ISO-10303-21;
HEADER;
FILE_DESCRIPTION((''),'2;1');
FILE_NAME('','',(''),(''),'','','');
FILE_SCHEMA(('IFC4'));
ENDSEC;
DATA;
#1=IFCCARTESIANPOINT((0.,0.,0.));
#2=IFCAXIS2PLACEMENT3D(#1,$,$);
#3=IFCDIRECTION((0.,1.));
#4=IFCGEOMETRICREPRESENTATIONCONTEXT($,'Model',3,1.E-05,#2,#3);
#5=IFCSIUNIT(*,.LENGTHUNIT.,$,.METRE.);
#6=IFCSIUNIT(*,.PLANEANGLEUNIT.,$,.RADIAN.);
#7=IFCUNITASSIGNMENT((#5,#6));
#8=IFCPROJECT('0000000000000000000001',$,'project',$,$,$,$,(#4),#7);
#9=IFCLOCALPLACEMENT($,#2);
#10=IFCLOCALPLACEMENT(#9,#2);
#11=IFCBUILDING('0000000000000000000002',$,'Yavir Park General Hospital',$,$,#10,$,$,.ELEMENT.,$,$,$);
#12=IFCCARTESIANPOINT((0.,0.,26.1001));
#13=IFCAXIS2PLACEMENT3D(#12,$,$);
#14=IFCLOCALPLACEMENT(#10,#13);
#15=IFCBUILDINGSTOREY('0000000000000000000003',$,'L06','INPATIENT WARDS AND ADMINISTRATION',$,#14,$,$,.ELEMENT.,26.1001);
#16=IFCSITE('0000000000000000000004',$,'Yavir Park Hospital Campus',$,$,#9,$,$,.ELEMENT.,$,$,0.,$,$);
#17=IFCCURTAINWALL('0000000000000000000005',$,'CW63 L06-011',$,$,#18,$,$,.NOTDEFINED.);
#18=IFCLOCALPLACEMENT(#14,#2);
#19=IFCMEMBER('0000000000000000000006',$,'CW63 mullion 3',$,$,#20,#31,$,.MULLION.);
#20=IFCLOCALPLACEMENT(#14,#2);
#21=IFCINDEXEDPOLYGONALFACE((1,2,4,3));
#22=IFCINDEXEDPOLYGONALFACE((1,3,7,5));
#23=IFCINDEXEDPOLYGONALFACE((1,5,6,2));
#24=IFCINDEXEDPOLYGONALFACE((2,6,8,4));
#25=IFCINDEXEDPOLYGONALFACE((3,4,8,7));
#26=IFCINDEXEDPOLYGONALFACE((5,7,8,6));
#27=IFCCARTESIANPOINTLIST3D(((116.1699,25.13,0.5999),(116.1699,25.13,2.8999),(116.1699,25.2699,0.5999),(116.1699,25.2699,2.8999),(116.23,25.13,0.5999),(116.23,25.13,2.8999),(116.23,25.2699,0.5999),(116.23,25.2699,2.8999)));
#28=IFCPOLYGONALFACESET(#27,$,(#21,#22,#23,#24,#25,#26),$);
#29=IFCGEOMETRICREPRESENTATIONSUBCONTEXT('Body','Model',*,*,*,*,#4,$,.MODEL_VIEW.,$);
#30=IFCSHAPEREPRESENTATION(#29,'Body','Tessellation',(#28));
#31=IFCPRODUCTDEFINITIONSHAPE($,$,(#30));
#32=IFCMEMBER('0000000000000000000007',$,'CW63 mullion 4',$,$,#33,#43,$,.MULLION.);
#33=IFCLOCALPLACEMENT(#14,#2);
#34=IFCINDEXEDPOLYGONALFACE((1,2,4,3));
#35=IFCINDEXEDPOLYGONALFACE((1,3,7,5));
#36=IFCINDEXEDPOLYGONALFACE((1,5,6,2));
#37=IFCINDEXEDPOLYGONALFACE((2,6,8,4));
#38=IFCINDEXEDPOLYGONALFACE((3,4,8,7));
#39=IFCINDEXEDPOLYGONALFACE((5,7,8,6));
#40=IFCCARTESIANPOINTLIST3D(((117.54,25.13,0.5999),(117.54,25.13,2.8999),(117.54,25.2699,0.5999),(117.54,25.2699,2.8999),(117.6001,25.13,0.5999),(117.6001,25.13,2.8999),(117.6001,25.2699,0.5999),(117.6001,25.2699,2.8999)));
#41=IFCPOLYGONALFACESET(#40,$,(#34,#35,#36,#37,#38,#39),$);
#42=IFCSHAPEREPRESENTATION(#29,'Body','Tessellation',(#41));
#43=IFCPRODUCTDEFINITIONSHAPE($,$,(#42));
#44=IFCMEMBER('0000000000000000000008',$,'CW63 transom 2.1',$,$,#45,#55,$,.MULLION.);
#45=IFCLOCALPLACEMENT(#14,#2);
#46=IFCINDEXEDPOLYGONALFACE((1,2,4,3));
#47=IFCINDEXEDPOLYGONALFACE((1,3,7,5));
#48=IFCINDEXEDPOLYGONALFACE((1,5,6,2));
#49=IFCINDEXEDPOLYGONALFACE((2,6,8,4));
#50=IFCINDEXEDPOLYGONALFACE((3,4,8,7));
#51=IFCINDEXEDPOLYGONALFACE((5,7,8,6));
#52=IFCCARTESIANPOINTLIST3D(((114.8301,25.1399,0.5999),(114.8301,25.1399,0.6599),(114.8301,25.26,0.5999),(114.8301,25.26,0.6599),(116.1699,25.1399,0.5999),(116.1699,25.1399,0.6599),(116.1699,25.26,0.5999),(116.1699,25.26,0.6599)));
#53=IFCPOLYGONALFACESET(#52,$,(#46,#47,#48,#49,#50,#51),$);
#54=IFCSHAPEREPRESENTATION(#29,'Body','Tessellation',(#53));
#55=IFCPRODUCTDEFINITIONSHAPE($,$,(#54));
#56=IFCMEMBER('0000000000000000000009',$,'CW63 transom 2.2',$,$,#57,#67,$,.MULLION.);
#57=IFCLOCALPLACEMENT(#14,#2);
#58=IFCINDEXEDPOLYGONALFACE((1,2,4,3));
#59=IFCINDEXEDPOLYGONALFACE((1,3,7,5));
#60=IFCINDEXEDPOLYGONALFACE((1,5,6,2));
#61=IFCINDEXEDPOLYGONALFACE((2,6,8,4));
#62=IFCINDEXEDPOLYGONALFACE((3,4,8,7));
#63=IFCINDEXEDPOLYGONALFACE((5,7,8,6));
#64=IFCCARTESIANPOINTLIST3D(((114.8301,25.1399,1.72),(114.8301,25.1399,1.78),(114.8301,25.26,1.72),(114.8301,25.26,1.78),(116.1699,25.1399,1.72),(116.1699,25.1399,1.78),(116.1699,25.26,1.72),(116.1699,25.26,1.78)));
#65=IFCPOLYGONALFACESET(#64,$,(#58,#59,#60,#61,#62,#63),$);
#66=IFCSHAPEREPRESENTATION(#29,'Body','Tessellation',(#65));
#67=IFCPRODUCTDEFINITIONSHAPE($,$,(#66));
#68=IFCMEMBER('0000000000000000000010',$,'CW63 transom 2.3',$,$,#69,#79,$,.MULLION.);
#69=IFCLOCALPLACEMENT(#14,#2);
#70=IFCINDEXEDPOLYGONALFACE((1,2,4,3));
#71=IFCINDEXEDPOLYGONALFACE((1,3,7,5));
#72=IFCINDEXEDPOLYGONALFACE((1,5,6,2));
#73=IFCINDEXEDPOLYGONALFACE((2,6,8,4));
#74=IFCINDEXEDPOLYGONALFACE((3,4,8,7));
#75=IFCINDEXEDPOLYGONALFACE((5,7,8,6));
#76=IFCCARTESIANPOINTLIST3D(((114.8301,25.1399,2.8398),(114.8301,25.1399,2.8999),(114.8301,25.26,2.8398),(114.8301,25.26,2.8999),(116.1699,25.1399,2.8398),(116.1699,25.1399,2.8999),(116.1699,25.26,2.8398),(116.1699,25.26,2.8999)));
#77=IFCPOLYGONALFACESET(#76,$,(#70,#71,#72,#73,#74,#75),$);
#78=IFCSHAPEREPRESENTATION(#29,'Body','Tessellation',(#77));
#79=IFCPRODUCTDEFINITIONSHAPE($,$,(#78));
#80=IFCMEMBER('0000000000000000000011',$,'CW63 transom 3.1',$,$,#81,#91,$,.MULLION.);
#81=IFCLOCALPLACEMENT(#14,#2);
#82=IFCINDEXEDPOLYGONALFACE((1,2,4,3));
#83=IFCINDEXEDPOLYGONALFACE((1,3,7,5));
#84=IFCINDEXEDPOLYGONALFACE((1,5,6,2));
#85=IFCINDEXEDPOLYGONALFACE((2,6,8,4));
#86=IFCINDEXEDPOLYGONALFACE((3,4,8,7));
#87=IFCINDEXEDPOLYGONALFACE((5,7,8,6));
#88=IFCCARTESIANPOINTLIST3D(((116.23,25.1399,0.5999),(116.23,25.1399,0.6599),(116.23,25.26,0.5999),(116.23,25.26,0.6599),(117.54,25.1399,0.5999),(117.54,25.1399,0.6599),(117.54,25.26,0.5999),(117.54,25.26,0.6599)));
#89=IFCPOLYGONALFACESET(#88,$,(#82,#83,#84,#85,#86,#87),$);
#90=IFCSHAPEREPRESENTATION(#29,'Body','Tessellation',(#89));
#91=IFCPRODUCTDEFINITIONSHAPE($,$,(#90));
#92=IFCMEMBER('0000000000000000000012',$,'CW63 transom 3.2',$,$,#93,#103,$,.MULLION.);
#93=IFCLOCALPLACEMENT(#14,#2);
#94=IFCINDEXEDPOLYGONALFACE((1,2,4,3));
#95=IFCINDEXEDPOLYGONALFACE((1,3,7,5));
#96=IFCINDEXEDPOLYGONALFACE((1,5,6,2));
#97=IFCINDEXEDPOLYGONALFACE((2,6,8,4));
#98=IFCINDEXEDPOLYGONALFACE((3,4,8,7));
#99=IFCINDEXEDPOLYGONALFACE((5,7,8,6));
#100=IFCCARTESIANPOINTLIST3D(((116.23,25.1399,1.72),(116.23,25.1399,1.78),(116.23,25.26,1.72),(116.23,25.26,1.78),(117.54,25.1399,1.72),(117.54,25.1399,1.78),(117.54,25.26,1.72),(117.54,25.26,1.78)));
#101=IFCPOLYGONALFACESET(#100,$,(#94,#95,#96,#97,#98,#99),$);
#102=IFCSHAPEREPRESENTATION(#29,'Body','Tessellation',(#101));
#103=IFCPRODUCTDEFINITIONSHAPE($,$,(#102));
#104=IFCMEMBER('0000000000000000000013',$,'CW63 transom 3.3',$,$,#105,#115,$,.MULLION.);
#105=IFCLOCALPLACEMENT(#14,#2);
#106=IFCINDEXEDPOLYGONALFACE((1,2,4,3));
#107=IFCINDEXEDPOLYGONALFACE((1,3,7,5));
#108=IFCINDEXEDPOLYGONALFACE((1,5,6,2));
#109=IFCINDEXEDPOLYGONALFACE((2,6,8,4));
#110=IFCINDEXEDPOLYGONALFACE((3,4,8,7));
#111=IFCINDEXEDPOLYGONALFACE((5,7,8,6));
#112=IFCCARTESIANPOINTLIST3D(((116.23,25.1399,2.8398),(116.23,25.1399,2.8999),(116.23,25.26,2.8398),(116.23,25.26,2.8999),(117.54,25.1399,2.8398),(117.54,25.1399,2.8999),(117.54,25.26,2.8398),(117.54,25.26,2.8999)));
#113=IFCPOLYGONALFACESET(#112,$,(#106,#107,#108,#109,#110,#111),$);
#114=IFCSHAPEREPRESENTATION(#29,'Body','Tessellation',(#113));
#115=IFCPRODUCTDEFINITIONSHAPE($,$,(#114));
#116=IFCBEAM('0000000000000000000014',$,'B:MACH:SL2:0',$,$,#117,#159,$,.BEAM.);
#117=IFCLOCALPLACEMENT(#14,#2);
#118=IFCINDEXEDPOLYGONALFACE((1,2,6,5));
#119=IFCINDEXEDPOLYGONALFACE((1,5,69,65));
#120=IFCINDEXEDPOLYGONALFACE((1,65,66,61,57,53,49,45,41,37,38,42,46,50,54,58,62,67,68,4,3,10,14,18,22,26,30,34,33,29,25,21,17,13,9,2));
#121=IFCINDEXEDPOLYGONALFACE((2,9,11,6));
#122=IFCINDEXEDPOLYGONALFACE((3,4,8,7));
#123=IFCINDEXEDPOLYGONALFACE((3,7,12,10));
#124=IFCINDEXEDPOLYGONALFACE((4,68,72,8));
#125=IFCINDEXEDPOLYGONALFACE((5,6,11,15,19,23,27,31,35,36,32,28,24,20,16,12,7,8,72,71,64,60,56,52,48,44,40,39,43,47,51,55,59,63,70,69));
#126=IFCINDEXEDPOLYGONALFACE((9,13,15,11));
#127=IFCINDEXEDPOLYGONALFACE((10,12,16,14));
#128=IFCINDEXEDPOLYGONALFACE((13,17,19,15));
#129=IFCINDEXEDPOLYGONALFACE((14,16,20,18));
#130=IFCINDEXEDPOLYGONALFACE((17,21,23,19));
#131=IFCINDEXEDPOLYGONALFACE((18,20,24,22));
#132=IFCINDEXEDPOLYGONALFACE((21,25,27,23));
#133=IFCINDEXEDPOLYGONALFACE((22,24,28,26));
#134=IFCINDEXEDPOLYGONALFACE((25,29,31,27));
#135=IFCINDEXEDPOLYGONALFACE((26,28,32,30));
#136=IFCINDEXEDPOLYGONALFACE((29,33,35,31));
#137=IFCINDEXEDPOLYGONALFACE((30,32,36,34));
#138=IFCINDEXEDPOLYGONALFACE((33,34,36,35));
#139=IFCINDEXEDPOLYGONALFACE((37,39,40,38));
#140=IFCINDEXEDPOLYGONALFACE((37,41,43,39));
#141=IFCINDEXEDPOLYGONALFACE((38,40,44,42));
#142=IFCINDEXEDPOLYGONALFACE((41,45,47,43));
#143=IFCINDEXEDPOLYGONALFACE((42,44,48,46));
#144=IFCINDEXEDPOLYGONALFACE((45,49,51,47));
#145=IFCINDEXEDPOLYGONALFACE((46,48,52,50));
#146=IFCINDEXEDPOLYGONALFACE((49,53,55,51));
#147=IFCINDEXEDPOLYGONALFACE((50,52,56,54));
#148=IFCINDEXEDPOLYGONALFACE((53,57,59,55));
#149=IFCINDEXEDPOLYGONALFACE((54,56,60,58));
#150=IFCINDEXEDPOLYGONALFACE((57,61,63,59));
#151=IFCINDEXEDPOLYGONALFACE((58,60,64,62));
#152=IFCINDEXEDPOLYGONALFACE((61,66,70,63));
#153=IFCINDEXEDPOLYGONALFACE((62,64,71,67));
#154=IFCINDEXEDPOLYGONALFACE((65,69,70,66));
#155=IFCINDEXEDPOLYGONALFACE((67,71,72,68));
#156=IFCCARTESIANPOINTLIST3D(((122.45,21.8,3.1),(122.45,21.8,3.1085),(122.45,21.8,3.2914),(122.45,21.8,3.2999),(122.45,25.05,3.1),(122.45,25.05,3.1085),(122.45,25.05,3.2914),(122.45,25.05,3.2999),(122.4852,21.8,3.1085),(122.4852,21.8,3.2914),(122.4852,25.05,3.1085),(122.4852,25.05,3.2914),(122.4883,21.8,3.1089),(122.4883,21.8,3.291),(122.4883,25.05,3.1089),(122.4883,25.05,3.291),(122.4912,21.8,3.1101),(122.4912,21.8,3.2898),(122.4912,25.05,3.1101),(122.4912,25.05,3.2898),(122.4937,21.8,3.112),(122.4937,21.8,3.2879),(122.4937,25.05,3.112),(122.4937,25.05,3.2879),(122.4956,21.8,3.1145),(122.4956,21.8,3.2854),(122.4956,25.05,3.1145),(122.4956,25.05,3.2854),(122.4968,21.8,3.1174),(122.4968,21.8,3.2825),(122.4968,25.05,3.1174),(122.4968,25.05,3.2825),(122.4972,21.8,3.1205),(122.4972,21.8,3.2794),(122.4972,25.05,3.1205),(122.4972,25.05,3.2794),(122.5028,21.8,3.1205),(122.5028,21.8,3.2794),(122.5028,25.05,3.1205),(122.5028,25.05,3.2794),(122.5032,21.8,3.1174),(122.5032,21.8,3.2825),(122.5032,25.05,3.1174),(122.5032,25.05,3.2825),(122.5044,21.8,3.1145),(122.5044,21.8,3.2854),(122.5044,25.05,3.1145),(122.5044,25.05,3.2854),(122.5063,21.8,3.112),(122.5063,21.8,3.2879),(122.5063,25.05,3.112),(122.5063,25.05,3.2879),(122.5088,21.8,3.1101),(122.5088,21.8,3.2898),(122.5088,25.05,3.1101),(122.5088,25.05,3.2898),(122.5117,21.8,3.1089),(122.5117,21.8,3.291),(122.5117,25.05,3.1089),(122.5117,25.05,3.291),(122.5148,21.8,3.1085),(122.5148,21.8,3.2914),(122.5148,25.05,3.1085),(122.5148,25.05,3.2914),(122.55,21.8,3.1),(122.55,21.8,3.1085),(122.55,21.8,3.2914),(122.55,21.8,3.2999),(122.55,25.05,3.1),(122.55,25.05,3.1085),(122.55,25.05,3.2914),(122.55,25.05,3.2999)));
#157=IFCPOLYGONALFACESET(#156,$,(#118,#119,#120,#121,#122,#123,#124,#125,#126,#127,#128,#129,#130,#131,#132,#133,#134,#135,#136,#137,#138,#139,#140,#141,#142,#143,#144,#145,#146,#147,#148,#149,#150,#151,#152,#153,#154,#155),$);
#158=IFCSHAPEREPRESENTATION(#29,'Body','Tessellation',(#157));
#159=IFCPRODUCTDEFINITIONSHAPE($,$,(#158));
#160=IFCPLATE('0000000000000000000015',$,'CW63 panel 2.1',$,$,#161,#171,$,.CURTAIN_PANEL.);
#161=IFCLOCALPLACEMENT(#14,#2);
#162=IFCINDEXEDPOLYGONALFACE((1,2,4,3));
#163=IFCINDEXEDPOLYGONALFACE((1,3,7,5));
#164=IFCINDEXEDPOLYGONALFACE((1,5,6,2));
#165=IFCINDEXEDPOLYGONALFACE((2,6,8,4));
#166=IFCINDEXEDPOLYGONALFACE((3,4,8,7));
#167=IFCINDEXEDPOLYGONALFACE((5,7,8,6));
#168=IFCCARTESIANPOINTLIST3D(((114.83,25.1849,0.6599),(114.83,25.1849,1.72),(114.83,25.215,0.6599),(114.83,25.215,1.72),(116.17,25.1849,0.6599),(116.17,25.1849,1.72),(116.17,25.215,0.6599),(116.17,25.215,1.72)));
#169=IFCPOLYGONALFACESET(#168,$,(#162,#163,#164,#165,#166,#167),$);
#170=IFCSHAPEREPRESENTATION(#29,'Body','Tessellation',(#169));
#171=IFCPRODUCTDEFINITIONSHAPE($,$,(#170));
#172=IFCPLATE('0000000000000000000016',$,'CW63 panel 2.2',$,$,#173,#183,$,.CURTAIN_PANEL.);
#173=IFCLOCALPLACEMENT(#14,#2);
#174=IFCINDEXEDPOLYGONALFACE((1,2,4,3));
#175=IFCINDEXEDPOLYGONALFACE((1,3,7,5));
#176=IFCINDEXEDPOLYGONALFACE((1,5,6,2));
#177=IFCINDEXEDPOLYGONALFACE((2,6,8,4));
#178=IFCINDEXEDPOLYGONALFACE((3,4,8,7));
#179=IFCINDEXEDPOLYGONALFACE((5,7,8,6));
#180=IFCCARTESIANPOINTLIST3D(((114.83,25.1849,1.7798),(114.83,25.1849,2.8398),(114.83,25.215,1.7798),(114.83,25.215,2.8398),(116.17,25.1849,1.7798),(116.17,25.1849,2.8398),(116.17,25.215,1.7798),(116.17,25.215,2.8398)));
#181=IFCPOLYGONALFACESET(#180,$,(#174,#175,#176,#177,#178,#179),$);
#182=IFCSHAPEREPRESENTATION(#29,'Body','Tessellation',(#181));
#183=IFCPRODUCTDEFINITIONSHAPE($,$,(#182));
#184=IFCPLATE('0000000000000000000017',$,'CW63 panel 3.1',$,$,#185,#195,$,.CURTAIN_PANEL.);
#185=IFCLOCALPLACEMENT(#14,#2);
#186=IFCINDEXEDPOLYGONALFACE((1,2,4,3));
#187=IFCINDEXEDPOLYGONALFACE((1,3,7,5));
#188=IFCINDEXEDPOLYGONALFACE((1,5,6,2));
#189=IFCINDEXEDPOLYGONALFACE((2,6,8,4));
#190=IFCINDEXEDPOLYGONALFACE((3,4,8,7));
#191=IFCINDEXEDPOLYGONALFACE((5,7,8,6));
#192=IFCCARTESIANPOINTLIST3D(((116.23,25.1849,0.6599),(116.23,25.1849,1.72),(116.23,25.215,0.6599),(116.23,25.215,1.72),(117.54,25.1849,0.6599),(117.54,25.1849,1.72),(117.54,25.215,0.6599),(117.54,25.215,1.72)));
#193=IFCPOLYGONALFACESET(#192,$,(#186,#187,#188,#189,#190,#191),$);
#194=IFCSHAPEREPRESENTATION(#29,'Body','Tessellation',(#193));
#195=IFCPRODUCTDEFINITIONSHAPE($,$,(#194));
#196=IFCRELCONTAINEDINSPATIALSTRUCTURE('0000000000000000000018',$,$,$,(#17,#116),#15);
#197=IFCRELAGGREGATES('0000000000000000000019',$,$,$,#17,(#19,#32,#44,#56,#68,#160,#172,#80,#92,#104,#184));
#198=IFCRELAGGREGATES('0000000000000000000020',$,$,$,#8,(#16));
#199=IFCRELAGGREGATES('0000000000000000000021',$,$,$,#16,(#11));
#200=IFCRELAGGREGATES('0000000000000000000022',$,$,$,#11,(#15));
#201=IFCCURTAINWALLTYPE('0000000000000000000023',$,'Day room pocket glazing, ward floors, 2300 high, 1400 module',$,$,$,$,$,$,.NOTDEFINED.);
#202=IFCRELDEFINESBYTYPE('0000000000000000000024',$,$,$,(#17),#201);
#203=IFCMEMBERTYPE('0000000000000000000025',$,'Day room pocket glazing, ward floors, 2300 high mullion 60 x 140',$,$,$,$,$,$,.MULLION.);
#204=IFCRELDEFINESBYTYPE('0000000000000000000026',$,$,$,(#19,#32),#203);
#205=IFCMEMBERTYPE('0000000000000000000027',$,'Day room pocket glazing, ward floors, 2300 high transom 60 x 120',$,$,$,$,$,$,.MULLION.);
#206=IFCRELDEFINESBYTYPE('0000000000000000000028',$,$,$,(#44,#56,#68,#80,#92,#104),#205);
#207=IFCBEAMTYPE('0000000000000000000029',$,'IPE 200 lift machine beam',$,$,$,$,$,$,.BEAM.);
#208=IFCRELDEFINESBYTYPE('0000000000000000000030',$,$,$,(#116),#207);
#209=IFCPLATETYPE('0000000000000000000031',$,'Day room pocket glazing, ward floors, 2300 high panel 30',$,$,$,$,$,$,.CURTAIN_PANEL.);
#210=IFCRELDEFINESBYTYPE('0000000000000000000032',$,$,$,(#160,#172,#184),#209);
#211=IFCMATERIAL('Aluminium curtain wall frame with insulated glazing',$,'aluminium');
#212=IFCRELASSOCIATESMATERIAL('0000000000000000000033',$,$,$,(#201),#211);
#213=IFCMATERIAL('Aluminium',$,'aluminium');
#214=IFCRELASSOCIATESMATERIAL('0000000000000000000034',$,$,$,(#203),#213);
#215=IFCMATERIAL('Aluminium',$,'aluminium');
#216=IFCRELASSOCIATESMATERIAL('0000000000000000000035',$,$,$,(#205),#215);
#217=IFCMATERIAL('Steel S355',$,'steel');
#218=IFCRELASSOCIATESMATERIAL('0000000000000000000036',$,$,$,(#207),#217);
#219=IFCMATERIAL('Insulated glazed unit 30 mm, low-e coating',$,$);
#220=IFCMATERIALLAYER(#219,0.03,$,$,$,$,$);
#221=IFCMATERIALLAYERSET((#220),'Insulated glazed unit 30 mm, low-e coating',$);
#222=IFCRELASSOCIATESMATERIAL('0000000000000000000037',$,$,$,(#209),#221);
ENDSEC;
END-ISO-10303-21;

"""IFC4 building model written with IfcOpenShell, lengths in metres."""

from ifc_helpers import new_model, si_unit, direction, frame, origin, origin_2d, place, context, subcontext, project, spatial, rectangle, i_section, extrude, material, layer, layer_set, material_profile, profile_set, type_object, element, aggregate, save


model = new_model("IFC4")

# Units and contexts
model_context = context("Model", 3, precision=1e-05, world=origin(), true_north=direction((0.0, 1.0)))
body_context = subcontext(model_context, "Body", "Model", "MODEL_VIEW")
ifc_project = project(units=[si_unit("LENGTHUNIT", "METRE"), si_unit("PLANEANGLEUNIT", "RADIAN")], contexts=[model_context])

# Site, building, storey
site_placement = place(None, origin())
site = spatial("IfcSite", under=ifc_project, at=site_placement, Name="Yavir Park Hospital Campus", CompositionType="ELEMENT", RefElevation=0.0)
building_placement = place(site_placement, origin())
building = spatial("IfcBuilding", under=site, at=building_placement, Name="Yavir Park General Hospital", CompositionType="ELEMENT")
storey_placement = place(building_placement, frame((0.0, 0.0, 26.1001)))
storey = spatial("IfcBuildingStorey", under=building, at=storey_placement, Name="L06", Description="INPATIENT WARDS AND ADMINISTRATION", CompositionType="ELEMENT", Elevation=26.1001)

# Curtain wall, members
ifc_material_1 = material(Name="Aluminium curtain wall frame with insulated glazing", Category="aluminium")
curtain_wall_type = type_object("IfcCurtainWallType", Name="Day room pocket glazing, ward floors, 2300 high, 1400 module", PredefinedType="NOTDEFINED", material=ifc_material_1)
curtain_wall_placement = place(storey_placement, origin())
curtain_wall = element("IfcCurtainWall", 1, at=curtain_wall_placement, inside=storey, type_object=curtain_wall_type, Name="CW63 L06-011", PredefinedType="NOTDEFINED")
ifc_material_2 = material(Name="Aluminium", Category="aluminium")
ifc_material_profile_1 = material_profile(ifc_material_2, rectangle(XDim=0.1399, YDim=0.0601, at=origin_2d()), Name="AL 60x140")
ifc_profile_set_1 = profile_set([ifc_material_profile_1], Name="Aluminium")
member_type_1 = type_object("IfcMemberType", Name="Day room pocket glazing, ward floors, 2300 high mullion 60 x 140", PredefinedType="MULLION", material=ifc_profile_set_1)
member_1_placement = place(storey_placement, frame((116.2, 25.2, 0.5999), z_axis=(0.0, 0.0, 1.0), x_axis=(0.0, 1.0, 0.0)))
member_1 = element("IfcMember", 2, at=member_1_placement, type_object=member_type_1, Name="CW63 mullion 3", PredefinedType="MULLION", context=body_context, shape_type="SweptSolid", body=[
    extrude(rectangle(XDim=0.1399, YDim=0.0601, at=origin_2d()), origin(), (0.0, 0.0, 1.0), 2.3),
])
member_2_placement = place(storey_placement, frame((117.5701, 25.2, 0.5999), z_axis=(0.0, 0.0, 1.0), x_axis=(0.0, 1.0, 0.0)))
member_2 = element("IfcMember", 3, at=member_2_placement, type_object=member_type_1, Name="CW63 mullion 4", PredefinedType="MULLION", context=body_context, shape_type="SweptSolid", body=[
    extrude(rectangle(XDim=0.1399, YDim=0.0601, at=origin_2d()), origin(), (0.0, 0.0, 1.0), 2.3),
])
ifc_material_3 = material(Name="Aluminium", Category="aluminium")
ifc_material_profile_2 = material_profile(ifc_material_3, rectangle(XDim=0.1201, YDim=0.0601, at=origin_2d()), Name="AL 120x60")
ifc_profile_set_2 = profile_set([ifc_material_profile_2], Name="Aluminium")
member_type_2 = type_object("IfcMemberType", Name="Day room pocket glazing, ward floors, 2300 high transom 60 x 120", PredefinedType="MULLION", material=ifc_profile_set_2)
member_3_placement = place(storey_placement, frame((114.8301, 25.2, 0.6299), z_axis=(1.0, 0.0, 0.0), x_axis=(0.0, 1.0, 0.0)))
member_3 = element("IfcMember", 4, at=member_3_placement, type_object=member_type_2, Name="CW63 transom 2.1", PredefinedType="MULLION", context=body_context, shape_type="SweptSolid", body=[
    extrude(rectangle(XDim=0.1201, YDim=0.0601, at=origin_2d()), origin(), (0.0, 0.0, 1.0), 1.3398),
])
member_4_placement = place(storey_placement, frame((114.8301, 25.2, 1.75), z_axis=(1.0, 0.0, 0.0), x_axis=(0.0, 1.0, 0.0)))
member_4 = element("IfcMember", 5, at=member_4_placement, type_object=member_type_2, Name="CW63 transom 2.2", PredefinedType="MULLION", context=body_context, shape_type="SweptSolid", body=[
    extrude(rectangle(XDim=0.1201, YDim=0.0601, at=origin_2d()), origin(), (0.0, 0.0, 1.0), 1.3398),
])
member_5_placement = place(storey_placement, frame((114.8301, 25.2, 2.8699), z_axis=(1.0, 0.0, 0.0), x_axis=(0.0, 1.0, 0.0)))
member_5 = element("IfcMember", 6, at=member_5_placement, type_object=member_type_2, Name="CW63 transom 2.3", PredefinedType="MULLION", context=body_context, shape_type="SweptSolid", body=[
    extrude(rectangle(XDim=0.1201, YDim=0.0601, at=origin_2d()), origin(), (0.0, 0.0, 1.0), 1.3398),
])
member_6_placement = place(storey_placement, frame((116.23, 25.2, 0.6299), z_axis=(1.0, 0.0, 0.0), x_axis=(0.0, 1.0, 0.0)))
member_6 = element("IfcMember", 7, at=member_6_placement, type_object=member_type_2, Name="CW63 transom 3.1", PredefinedType="MULLION", context=body_context, shape_type="SweptSolid", body=[
    extrude(rectangle(XDim=0.1201, YDim=0.0601, at=origin_2d()), origin(), (0.0, 0.0, 1.0), 1.3101),
])
member_7_placement = place(storey_placement, frame((116.23, 25.2, 1.75), z_axis=(1.0, 0.0, 0.0), x_axis=(0.0, 1.0, 0.0)))
member_7 = element("IfcMember", 8, at=member_7_placement, type_object=member_type_2, Name="CW63 transom 3.2", PredefinedType="MULLION", context=body_context, shape_type="SweptSolid", body=[
    extrude(rectangle(XDim=0.1201, YDim=0.0601, at=origin_2d()), origin(), (0.0, 0.0, 1.0), 1.3101),
])
member_8_placement = place(storey_placement, frame((116.23, 25.2, 2.8699), z_axis=(1.0, 0.0, 0.0), x_axis=(0.0, 1.0, 0.0)))
member_8 = element("IfcMember", 9, at=member_8_placement, type_object=member_type_2, Name="CW63 transom 3.3", PredefinedType="MULLION", context=body_context, shape_type="SweptSolid", body=[
    extrude(rectangle(XDim=0.1201, YDim=0.0601, at=origin_2d()), origin(), (0.0, 0.0, 1.0), 1.3101),
])

# Beam
ifc_material_4 = material(Name="Steel S355", Category="steel")
ifc_material_profile_3 = material_profile(ifc_material_4, i_section(OverallWidth=0.1001, OverallDepth=0.2, WebThickness=0.0056, FlangeThickness=0.0085, FilletRadius=0.012, at=origin_2d()), Name="IPE200")
ifc_profile_set_3 = profile_set([ifc_material_profile_3], Name="Steel S355")
beam_type = type_object("IfcBeamType", Name="IPE 200 lift machine beam", PredefinedType="BEAM", material=ifc_profile_set_3)
beam_placement = place(storey_placement, frame((122.5, 21.8, 3.2), z_axis=(0.0, 1.0, 0.0), x_axis=(-1.0, 0.0, 0.0)))
element("IfcBeam", 10, at=beam_placement, inside=storey, type_object=beam_type, Name="B:MACH:SL2:0", PredefinedType="BEAM", context=body_context, shape_type="SweptSolid", body=[
    extrude(i_section(OverallWidth=0.1001, OverallDepth=0.2, WebThickness=0.0056, FlangeThickness=0.0085, FilletRadius=0.012, at=origin_2d()), origin(), (0.0, 0.0, 1.0), 3.25),
])

# Plates
ifc_material_5 = material(Name="Insulated glazed unit 30 mm, low-e coating")
ifc_layer_1 = layer(ifc_material_5, 0.03)
ifc_layer_set_1 = layer_set([ifc_layer_1], Name="Insulated glazed unit 30 mm, low-e coating")
plate_type = type_object("IfcPlateType", Name="Day room pocket glazing, ward floors, 2300 high panel 30", PredefinedType="CURTAIN_PANEL", material=ifc_layer_set_1)
plate_1_placement = place(storey_placement, frame((115.5, 25.2, 0.6599), z_axis=(0.0, 0.0, 1.0), x_axis=(1.0, 0.0, 0.0)))
plate_1 = element("IfcPlate", 11, at=plate_1_placement, type_object=plate_type, Name="CW63 panel 2.1", PredefinedType="CURTAIN_PANEL", context=body_context, shape_type="SweptSolid", body=[
    extrude(rectangle(XDim=1.3401, YDim=0.03, at=origin_2d()), origin(), (0.0, 0.0, 1.0), 1.0601),
])
plate_2_placement = place(storey_placement, frame((115.5, 25.2, 1.7798), z_axis=(0.0, 0.0, 1.0), x_axis=(1.0, 0.0, 0.0)))
plate_2 = element("IfcPlate", 12, at=plate_2_placement, type_object=plate_type, Name="CW63 panel 2.2", PredefinedType="CURTAIN_PANEL", context=body_context, shape_type="SweptSolid", body=[
    extrude(rectangle(XDim=1.3401, YDim=0.03, at=origin_2d()), origin(), (0.0, 0.0, 1.0), 1.0601),
])
plate_3_placement = place(storey_placement, frame((116.885, 25.2, 0.6599), z_axis=(0.0, 0.0, 1.0), x_axis=(1.0, 0.0, 0.0)))
plate_3 = element("IfcPlate", 13, at=plate_3_placement, type_object=plate_type, Name="CW63 panel 3.1", PredefinedType="CURTAIN_PANEL", context=body_context, shape_type="SweptSolid", body=[
    extrude(rectangle(XDim=1.3101, YDim=0.03, at=origin_2d()), origin(), (0.0, 0.0, 1.0), 1.0601),
])
aggregate(curtain_wall, [member_1, member_2, member_3, member_4, member_5, plate_1, plate_2, member_6, member_7, member_8, plate_3])

save(model, "model.ifc")
